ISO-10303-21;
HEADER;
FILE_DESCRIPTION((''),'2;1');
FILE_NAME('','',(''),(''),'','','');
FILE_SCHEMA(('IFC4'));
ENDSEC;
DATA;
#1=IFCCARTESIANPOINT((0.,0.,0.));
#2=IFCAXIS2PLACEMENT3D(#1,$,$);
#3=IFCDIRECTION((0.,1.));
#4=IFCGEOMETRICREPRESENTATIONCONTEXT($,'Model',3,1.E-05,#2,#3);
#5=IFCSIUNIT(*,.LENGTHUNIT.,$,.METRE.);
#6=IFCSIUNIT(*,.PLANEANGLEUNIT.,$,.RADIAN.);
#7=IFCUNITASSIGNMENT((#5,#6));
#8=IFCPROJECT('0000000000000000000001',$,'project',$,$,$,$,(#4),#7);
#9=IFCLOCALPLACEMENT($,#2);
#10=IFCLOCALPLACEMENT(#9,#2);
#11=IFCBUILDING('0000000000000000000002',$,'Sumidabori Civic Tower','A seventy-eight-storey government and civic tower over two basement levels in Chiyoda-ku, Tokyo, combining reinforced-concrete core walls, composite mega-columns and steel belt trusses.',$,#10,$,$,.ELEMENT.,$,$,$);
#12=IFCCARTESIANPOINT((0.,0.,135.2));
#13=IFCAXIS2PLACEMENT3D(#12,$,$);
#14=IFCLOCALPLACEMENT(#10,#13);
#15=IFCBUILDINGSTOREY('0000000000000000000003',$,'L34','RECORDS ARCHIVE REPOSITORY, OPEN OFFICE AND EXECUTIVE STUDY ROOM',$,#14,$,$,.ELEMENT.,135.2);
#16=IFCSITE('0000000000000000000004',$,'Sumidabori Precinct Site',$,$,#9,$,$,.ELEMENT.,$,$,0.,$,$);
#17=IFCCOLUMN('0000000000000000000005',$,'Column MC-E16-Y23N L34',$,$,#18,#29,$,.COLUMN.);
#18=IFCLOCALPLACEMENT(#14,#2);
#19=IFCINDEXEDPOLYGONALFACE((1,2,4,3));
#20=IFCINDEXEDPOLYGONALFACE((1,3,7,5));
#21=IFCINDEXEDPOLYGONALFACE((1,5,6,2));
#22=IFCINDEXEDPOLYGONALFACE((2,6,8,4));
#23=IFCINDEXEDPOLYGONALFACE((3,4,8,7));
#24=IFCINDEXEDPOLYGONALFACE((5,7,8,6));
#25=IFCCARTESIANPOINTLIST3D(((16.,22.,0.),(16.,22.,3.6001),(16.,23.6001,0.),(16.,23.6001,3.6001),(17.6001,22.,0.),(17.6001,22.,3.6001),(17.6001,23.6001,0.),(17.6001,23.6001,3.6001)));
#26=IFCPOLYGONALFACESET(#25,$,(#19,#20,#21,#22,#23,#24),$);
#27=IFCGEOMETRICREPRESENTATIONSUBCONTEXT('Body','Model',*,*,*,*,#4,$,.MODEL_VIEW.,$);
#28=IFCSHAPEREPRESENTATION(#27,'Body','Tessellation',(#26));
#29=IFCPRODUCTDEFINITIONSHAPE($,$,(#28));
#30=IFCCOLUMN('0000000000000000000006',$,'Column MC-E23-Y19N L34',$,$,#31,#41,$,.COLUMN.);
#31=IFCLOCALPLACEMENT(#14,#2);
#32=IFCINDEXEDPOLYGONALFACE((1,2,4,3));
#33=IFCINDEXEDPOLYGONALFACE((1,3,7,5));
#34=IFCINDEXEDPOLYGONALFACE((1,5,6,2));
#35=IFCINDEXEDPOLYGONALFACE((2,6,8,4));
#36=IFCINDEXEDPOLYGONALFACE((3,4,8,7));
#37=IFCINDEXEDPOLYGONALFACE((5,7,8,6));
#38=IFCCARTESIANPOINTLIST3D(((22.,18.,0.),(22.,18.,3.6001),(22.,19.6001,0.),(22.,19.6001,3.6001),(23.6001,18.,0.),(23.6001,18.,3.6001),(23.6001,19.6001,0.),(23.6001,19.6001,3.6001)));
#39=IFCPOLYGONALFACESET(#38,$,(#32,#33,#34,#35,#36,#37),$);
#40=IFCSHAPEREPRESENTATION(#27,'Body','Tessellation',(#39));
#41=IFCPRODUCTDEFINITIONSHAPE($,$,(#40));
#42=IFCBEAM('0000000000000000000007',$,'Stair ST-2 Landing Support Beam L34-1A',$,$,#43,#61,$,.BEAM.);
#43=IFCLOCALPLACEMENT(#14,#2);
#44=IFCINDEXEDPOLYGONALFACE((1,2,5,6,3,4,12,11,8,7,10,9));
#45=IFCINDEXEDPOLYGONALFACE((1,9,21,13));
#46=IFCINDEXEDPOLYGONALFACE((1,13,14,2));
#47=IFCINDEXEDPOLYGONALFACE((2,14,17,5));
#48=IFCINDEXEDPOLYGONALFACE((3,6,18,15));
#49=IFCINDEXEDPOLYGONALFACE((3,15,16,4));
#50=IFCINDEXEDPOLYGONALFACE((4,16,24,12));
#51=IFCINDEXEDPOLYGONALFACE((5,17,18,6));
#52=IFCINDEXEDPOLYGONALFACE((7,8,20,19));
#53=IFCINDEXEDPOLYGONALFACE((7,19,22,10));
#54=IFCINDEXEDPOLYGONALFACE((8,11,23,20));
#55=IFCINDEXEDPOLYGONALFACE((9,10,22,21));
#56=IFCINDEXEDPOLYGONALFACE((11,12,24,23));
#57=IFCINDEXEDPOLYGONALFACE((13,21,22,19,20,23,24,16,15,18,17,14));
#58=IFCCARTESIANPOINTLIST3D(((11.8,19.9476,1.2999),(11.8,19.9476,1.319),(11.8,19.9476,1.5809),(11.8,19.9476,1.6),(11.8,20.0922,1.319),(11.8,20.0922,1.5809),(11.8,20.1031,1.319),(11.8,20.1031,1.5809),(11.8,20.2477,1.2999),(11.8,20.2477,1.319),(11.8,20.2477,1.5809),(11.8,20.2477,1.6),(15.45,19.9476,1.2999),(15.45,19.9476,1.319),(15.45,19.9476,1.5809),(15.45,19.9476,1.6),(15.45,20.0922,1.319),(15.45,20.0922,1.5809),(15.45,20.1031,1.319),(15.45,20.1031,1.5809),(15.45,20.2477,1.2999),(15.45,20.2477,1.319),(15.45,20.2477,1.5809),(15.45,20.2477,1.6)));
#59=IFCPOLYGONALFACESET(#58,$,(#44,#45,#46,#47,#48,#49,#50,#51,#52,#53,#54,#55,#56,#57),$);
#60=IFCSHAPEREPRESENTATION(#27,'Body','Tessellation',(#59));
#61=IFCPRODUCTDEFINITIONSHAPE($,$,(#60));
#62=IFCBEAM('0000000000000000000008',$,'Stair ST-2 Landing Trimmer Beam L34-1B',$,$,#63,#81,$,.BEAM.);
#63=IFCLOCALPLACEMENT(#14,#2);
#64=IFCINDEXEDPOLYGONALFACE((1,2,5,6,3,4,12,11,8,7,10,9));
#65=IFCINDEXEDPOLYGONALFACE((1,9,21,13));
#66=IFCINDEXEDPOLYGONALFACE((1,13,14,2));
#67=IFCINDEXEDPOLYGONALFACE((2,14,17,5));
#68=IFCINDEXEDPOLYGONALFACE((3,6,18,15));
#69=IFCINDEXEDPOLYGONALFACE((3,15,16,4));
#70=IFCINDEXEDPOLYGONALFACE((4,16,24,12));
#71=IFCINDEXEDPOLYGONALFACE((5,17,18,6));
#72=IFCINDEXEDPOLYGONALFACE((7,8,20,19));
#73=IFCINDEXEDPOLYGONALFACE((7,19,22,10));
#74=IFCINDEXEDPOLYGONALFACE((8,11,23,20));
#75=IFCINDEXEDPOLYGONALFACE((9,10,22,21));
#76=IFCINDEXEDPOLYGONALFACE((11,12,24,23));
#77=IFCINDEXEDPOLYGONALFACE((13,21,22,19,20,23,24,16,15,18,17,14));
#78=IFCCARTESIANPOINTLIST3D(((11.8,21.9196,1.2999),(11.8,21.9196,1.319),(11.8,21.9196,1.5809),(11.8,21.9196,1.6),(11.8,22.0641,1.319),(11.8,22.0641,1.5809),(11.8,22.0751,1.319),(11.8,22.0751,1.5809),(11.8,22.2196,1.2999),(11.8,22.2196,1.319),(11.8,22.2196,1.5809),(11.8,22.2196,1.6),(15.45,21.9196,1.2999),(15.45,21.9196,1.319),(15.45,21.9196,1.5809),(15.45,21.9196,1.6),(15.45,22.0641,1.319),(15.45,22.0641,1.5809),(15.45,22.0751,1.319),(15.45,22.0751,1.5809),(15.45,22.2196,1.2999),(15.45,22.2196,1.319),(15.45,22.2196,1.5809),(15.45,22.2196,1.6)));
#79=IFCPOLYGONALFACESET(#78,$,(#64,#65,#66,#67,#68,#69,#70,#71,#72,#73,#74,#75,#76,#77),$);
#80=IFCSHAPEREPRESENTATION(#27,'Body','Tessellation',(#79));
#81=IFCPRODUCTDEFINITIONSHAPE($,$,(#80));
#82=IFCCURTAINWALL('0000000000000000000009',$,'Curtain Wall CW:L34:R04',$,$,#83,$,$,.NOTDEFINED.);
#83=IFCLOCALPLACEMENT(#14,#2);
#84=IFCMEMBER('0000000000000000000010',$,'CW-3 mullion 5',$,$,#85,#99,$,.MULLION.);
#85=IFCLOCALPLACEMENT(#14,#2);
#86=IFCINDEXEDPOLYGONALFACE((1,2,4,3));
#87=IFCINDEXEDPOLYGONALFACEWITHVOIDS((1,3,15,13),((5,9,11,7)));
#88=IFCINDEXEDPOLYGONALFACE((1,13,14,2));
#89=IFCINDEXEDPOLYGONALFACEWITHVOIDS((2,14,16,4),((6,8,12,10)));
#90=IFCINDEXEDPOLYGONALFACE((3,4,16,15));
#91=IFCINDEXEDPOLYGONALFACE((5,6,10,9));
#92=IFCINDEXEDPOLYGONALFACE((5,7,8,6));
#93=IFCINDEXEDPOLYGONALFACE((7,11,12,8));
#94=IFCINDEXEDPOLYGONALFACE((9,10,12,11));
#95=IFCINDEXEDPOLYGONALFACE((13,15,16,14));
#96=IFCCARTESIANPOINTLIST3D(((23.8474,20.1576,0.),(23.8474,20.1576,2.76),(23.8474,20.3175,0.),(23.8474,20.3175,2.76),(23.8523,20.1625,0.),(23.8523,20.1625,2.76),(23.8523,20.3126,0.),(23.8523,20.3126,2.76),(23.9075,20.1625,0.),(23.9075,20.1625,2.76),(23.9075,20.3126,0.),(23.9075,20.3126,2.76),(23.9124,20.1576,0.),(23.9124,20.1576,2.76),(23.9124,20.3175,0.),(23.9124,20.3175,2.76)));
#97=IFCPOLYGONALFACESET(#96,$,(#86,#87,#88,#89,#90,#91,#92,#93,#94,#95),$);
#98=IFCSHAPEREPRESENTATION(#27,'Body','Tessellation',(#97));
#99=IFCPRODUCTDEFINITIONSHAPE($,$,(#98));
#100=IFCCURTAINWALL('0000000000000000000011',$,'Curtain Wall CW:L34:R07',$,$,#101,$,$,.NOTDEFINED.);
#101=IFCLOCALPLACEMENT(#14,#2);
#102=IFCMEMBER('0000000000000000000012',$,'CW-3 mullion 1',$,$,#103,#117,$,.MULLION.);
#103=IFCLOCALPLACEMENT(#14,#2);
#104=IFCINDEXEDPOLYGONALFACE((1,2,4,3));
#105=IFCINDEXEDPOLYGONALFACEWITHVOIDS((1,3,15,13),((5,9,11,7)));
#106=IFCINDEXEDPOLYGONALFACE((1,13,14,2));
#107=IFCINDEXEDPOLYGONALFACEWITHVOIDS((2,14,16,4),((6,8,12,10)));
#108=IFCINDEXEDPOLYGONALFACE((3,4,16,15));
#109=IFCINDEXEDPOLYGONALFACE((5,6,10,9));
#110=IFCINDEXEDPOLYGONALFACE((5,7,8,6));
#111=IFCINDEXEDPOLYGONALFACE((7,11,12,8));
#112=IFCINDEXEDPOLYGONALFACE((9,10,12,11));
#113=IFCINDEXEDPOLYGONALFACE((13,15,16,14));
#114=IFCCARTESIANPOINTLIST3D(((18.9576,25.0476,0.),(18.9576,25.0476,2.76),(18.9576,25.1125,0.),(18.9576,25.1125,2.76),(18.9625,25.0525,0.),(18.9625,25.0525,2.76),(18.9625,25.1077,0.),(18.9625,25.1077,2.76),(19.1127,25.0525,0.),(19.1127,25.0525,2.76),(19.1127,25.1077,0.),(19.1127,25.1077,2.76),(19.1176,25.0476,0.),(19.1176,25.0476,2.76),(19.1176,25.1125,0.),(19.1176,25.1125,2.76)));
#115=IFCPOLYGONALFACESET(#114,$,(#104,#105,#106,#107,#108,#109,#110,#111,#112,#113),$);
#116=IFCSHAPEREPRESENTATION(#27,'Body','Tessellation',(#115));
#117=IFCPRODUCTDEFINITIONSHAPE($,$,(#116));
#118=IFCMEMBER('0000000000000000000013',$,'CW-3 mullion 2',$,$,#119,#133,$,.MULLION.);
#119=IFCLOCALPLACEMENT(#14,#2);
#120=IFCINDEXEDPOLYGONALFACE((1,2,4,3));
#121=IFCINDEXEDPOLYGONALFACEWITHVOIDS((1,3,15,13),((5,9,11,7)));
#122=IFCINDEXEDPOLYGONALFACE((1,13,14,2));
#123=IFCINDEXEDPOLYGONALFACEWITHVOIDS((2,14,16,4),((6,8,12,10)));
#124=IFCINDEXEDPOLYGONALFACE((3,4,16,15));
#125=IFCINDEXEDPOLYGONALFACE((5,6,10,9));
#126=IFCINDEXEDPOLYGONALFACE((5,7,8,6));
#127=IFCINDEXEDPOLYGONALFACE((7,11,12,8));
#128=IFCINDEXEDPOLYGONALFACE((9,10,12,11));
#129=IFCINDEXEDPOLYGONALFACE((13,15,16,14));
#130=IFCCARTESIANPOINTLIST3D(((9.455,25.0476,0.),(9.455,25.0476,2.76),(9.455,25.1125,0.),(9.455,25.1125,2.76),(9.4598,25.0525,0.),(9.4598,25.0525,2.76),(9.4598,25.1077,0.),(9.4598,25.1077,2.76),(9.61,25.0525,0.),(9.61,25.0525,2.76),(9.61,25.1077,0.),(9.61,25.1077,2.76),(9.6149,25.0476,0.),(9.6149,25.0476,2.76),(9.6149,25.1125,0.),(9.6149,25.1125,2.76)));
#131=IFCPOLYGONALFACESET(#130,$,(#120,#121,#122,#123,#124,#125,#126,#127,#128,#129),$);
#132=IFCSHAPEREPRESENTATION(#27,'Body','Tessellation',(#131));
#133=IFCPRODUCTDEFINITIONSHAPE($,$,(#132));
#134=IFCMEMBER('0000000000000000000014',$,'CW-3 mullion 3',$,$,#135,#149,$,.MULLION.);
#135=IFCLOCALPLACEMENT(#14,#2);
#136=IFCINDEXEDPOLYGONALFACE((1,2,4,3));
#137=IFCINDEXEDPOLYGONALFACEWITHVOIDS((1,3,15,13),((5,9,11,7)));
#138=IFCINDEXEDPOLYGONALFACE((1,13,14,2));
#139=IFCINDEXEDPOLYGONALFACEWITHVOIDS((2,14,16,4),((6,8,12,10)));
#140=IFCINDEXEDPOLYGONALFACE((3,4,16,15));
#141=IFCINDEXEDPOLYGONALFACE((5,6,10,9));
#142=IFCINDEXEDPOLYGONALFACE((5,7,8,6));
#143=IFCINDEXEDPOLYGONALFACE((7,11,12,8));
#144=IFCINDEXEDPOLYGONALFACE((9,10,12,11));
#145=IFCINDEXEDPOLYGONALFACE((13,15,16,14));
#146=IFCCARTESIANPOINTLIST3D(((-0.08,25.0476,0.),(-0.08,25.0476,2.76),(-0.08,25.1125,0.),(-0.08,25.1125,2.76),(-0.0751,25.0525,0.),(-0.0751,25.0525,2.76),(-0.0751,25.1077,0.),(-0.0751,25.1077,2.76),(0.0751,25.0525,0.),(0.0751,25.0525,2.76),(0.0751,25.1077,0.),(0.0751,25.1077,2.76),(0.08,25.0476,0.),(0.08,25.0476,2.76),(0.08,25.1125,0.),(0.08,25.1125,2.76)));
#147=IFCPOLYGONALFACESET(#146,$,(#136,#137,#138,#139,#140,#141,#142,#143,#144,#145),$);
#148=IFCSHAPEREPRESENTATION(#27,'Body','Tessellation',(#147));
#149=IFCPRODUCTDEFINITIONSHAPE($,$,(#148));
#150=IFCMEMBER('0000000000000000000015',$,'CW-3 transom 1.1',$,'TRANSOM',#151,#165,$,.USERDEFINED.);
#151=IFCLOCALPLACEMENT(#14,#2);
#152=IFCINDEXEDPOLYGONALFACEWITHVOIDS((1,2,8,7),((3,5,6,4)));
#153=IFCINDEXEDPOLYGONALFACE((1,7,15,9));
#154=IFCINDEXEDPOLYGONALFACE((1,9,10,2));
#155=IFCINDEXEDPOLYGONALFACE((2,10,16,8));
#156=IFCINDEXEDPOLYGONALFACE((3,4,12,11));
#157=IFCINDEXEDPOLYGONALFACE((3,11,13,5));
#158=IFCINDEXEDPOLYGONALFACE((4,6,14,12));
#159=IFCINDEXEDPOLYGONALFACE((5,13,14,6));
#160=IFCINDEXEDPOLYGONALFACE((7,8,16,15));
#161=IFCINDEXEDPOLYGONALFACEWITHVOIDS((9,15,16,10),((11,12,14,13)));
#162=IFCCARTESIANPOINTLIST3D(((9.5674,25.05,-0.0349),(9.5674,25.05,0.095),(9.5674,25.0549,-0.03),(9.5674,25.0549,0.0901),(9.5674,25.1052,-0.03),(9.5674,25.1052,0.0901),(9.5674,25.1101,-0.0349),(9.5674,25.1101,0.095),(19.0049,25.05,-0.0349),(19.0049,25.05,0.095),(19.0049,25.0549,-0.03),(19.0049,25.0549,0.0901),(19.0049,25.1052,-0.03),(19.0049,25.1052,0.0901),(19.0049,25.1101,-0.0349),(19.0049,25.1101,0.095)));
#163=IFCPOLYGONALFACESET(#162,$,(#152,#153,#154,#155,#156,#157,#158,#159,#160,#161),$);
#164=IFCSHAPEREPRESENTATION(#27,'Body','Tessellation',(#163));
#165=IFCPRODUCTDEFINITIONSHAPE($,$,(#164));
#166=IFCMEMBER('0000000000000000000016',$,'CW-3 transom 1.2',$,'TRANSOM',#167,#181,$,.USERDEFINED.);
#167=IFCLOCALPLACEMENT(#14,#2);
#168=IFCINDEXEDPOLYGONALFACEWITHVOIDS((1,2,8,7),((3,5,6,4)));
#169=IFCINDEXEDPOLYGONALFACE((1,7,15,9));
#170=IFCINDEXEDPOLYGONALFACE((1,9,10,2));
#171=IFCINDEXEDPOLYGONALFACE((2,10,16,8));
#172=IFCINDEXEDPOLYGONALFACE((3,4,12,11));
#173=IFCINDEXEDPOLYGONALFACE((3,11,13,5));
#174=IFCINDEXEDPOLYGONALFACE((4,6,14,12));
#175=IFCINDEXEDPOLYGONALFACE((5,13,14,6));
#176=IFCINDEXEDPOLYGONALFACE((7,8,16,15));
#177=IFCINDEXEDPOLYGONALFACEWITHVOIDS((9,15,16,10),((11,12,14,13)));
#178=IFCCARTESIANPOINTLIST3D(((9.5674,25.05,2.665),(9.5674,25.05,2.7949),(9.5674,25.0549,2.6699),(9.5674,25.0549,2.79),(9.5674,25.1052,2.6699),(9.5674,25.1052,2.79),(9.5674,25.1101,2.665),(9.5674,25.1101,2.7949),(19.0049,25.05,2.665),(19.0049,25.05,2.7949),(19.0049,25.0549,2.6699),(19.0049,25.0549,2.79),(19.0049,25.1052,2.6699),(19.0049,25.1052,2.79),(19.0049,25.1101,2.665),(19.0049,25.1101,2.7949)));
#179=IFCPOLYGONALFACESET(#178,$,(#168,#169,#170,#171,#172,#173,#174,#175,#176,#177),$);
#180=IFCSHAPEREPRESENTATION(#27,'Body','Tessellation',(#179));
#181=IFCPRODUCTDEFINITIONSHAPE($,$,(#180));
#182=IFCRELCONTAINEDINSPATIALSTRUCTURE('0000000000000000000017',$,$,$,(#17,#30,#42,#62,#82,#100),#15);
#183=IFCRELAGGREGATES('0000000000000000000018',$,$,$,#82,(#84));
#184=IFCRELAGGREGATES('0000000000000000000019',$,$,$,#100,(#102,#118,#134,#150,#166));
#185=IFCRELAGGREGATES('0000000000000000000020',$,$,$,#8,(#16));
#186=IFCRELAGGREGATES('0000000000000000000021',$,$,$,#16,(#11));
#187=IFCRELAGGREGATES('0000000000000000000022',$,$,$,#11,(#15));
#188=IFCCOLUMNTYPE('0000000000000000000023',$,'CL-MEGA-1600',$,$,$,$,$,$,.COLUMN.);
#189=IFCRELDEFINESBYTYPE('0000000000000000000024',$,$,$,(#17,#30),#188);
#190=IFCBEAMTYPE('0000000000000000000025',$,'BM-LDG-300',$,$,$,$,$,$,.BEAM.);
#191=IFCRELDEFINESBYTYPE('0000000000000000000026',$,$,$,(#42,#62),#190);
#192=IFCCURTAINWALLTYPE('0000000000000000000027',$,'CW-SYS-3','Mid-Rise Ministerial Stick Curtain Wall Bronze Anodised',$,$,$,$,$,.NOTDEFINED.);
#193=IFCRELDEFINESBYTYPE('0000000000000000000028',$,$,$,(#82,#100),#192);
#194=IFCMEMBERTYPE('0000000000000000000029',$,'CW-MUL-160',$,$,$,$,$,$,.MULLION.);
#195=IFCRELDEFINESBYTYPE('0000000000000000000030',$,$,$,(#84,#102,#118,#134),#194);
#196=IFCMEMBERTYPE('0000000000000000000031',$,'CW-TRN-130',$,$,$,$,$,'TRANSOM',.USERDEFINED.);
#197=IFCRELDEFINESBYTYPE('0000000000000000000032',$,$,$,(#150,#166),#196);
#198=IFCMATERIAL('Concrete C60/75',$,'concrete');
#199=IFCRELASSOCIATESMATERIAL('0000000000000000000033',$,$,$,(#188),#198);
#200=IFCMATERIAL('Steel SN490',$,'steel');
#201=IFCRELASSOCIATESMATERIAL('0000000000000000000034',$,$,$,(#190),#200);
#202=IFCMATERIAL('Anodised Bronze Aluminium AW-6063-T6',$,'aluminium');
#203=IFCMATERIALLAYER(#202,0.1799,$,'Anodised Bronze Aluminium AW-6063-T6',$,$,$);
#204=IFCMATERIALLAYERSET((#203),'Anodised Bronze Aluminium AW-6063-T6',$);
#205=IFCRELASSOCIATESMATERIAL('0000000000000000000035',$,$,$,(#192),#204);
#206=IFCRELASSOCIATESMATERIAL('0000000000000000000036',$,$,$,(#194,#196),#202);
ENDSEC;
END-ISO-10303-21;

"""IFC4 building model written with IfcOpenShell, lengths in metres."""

from ifc_helpers import new_model, si_unit, direction, frame, origin, origin_2d, place, context, subcontext, project, spatial, rectangle, hollow_rectangle, i_section, extrude, source, transform, mapped, material, layer, layer_set, material_profile, profile_set, type_object, element, aggregate, save


model = new_model("IFC4")

# Units and contexts
model_context = context("Model", 3, precision=1e-05, world=origin(), true_north=direction((0.0, 1.0)))
body_context = subcontext(model_context, "Body", "Model", "MODEL_VIEW")
ifc_project = project(units=[si_unit("LENGTHUNIT", "METRE"), si_unit("PLANEANGLEUNIT", "RADIAN")], contexts=[model_context])

# Site, building, storey
site_placement = place(None, origin())
site = spatial("IfcSite", under=ifc_project, at=site_placement, Name="Sumidabori Precinct Site", CompositionType="ELEMENT", RefElevation=0.0)
building_placement = place(site_placement, origin())
building = spatial("IfcBuilding", under=site, at=building_placement, Name="Sumidabori Civic Tower", Description="A seventy-eight-storey government and civic tower over two basement levels in Chiyoda-ku, Tokyo, combining reinforced-concrete core walls, composite mega-columns and steel belt trusses.", CompositionType="ELEMENT")
storey_placement = place(building_placement, frame((0.0, 0.0, 135.2)))
storey = spatial("IfcBuildingStorey", under=building, at=storey_placement, Name="L34", Description="RECORDS ARCHIVE REPOSITORY, OPEN OFFICE AND EXECUTIVE STUDY ROOM", CompositionType="ELEMENT", Elevation=135.2)

# Columns
ifc_material_1 = material(Name="Concrete C60/75", Category="concrete")
ifc_material_profile_1 = material_profile(ifc_material_1, rectangle(XDim=1.6001, YDim=1.6001, at=origin_2d()), Name="RC 1600x1600")
ifc_profile_set_1 = profile_set([ifc_material_profile_1], Name="Concrete C60/75")
column_type = type_object("IfcColumnType", Name="CL-MEGA-1600", PredefinedType="COLUMN", material=ifc_profile_set_1)
shared_shape_1 = source(origin(), body_context, "Body", "SweptSolid", [
    extrude(rectangle(XDim=1.6001, YDim=1.6001, at=origin_2d()), origin(), (0.0, 0.0, 1.0), 3.6001),
])
for number, where, z_axis, x_axis, name in (
    (1, (16.8, 22.8, 0.0), (0.0, 0.0, 1.0), (1.0, 0.0, 0.0), "Column MC-E16-Y23N L34"),
    (2, (22.8, 18.8, 0.0), (0.0, 0.0, 1.0), (1.0, 0.0, 0.0), "Column MC-E23-Y19N L34"),
):
    element("IfcColumn", number, at=place(storey_placement, frame(where, z_axis=z_axis, x_axis=x_axis)), inside=storey, type_object=column_type, Name=name, PredefinedType="COLUMN", context=body_context, shape_type="MappedRepresentation", body=[
        mapped(shared_shape_1, transform((0.0, 0.0, 0.0), x_axis=(1.0, 0.0, 0.0), y_axis=(0.0, 1.0, 0.0), z_axis=(0.0, 0.0, 1.0), scale=1.0)),
    ])

# Beams
ifc_material_2 = material(Name="Steel SN490", Category="steel")
ifc_material_profile_2 = material_profile(ifc_material_2, i_section(OverallWidth=0.3, OverallDepth=0.3, WebThickness=0.011, FlangeThickness=0.019, at=origin_2d()), Name="HE 300 B")
ifc_profile_set_2 = profile_set([ifc_material_profile_2], Name="Steel SN490")
beam_type = type_object("IfcBeamType", Name="BM-LDG-300", PredefinedType="BEAM", material=ifc_profile_set_2)
shared_shape_2 = source(origin(), body_context, "Body", "SweptSolid", [
    extrude(i_section(OverallWidth=0.3, OverallDepth=0.3, WebThickness=0.011, FlangeThickness=0.019, at=origin_2d()), origin(), (0.0, 0.0, 1.0), 3.6499),
])
for number, where, z_axis, x_axis, name in (
    (3, (11.8, 20.0977, 1.45), (1.0, 0.0, 0.0), (0.0, 1.0, 0.0), "Stair ST-2 Landing Support Beam L34-1A"),
    (4, (11.8, 22.0696, 1.45), (1.0, 0.0, 0.0), (0.0, 1.0, 0.0), "Stair ST-2 Landing Trimmer Beam L34-1B"),
):
    element("IfcBeam", number, at=place(storey_placement, frame(where, z_axis=z_axis, x_axis=x_axis)), inside=storey, type_object=beam_type, Name=name, PredefinedType="BEAM", context=body_context, shape_type="MappedRepresentation", body=[
        mapped(shared_shape_2, transform((0.0, 0.0, 0.0), x_axis=(1.0, 0.0, 0.0), y_axis=(0.0, 1.0, 0.0), z_axis=(0.0, 0.0, 1.0), scale=1.0)),
    ])

# Curtain wall, member
ifc_material_3 = material(Name="Anodised Bronze Aluminium AW-6063-T6", Category="aluminium")
ifc_layer_1 = layer(ifc_material_3, 0.1799, Name="Anodised Bronze Aluminium AW-6063-T6")
ifc_layer_set_1 = layer_set([ifc_layer_1], Name="Anodised Bronze Aluminium AW-6063-T6")
curtain_wall_type = type_object("IfcCurtainWallType", Name="CW-SYS-3", Description="Mid-Rise Ministerial Stick Curtain Wall Bronze Anodised", PredefinedType="NOTDEFINED", material=ifc_layer_set_1)
curtain_wall_1_placement = place(storey_placement, origin())
curtain_wall_1 = element("IfcCurtainWall", 5, at=curtain_wall_1_placement, inside=storey, type_object=curtain_wall_type, Name="Curtain Wall CW:L34:R04", PredefinedType="NOTDEFINED")
ifc_material_profile_3 = material_profile(ifc_material_3, hollow_rectangle(XDim=0.0649, YDim=0.1599, WallThickness=0.0049, at=origin_2d()), Name="ALU MULLION 160x65")
ifc_profile_set_3 = profile_set([ifc_material_profile_3], Name="Anodised Bronze Aluminium AW-6063-T6")
member_type_1 = type_object("IfcMemberType", Name="CW-MUL-160", PredefinedType="MULLION", material=ifc_profile_set_3)
shared_shape_3 = source(origin(), body_context, "Body", "SweptSolid", [
    extrude(hollow_rectangle(XDim=0.0649, YDim=0.1599, WallThickness=0.0049, at=origin_2d()), origin(), (0.0, 0.0, 1.0), 2.76),
])
member_1_placement = place(storey_placement, frame((23.8799, 20.2375, 0.0), z_axis=(0.0, 0.0, 1.0), x_axis=(-1.0, 0.0, 0.0)))
member_1 = element("IfcMember", 6, at=member_1_placement, type_object=member_type_1, Name="CW-3 mullion 5", PredefinedType="MULLION", context=body_context, shape_type="MappedRepresentation", body=[
    mapped(shared_shape_3, transform((0.0, 0.0, 0.0), x_axis=(1.0, 0.0, 0.0), y_axis=(0.0, 1.0, 0.0), z_axis=(0.0, 0.0, 1.0), scale=1.0)),
])
aggregate(curtain_wall_1, [member_1])

# Curtain wall, members
curtain_wall_2_placement = place(storey_placement, origin())
curtain_wall_2 = element("IfcCurtainWall", 7, at=curtain_wall_2_placement, inside=storey, type_object=curtain_wall_type, Name="Curtain Wall CW:L34:R07", PredefinedType="NOTDEFINED")
member_2_placement = place(storey_placement, frame((19.0376, 25.0801, 0.0), z_axis=(0.0, 0.0, 1.0), x_axis=(0.0, -1.0, 0.0)))
member_2 = element("IfcMember", 8, at=member_2_placement, type_object=member_type_1, Name="CW-3 mullion 1", PredefinedType="MULLION", context=body_context, shape_type="MappedRepresentation", body=[
    mapped(shared_shape_3, transform((0.0, 0.0, 0.0), x_axis=(1.0, 0.0, 0.0), y_axis=(0.0, 1.0, 0.0), z_axis=(0.0, 0.0, 1.0), scale=1.0)),
])
member_3_placement = place(storey_placement, frame((9.5349, 25.0801, 0.0), z_axis=(0.0, 0.0, 1.0), x_axis=(0.0, -1.0, 0.0)))
member_3 = element("IfcMember", 9, at=member_3_placement, type_object=member_type_1, Name="CW-3 mullion 2", PredefinedType="MULLION", context=body_context, shape_type="MappedRepresentation", body=[
    mapped(shared_shape_3, transform((0.0, 0.0, 0.0), x_axis=(1.0, 0.0, 0.0), y_axis=(0.0, 1.0, 0.0), z_axis=(0.0, 0.0, 1.0), scale=1.0)),
])
member_4_placement = place(storey_placement, frame((0.0, 25.0801, 0.0), z_axis=(0.0, 0.0, 1.0), x_axis=(0.0, -1.0, 0.0)))
member_4 = element("IfcMember", 10, at=member_4_placement, type_object=member_type_1, Name="CW-3 mullion 3", PredefinedType="MULLION", context=body_context, shape_type="MappedRepresentation", body=[
    mapped(shared_shape_3, transform((0.0, 0.0, 0.0), x_axis=(1.0, 0.0, 0.0), y_axis=(0.0, 1.0, 0.0), z_axis=(0.0, 0.0, 1.0), scale=1.0)),
])
ifc_material_profile_4 = material_profile(ifc_material_3, hollow_rectangle(XDim=0.0601, YDim=0.1299, WallThickness=0.0049, at=origin_2d()), Name="ALU TRANSOM 130x60")
ifc_profile_set_4 = profile_set([ifc_material_profile_4], Name="Anodised Bronze Aluminium AW-6063-T6")
member_type_2 = type_object("IfcMemberType", Name="CW-TRN-130", ElementType="TRANSOM", PredefinedType="USERDEFINED", material=ifc_profile_set_4)
shared_shape_4 = source(origin(), body_context, "Body", "SweptSolid", [
    extrude(hollow_rectangle(XDim=0.0601, YDim=0.1299, WallThickness=0.0049, at=origin_2d()), origin(), (0.0, 0.0, 1.0), 9.4375),
])
member_5_placement = place(storey_placement, frame((19.0049, 25.0801, 0.03), z_axis=(-1.0, 0.0, 0.0), x_axis=(0.0, -1.0, 0.0)))
member_5 = element("IfcMember", 11, at=member_5_placement, type_object=member_type_2, Name="CW-3 transom 1.1", ObjectType="TRANSOM", PredefinedType="USERDEFINED", context=body_context, shape_type="MappedRepresentation", body=[
    mapped(shared_shape_4, transform((0.0, 0.0, 0.0), x_axis=(1.0, 0.0, 0.0), y_axis=(0.0, 1.0, 0.0), z_axis=(0.0, 0.0, 1.0), scale=1.0)),
])
member_6_placement = place(storey_placement, frame((19.0049, 25.0801, 2.73), z_axis=(-1.0, 0.0, 0.0), x_axis=(0.0, -1.0, 0.0)))
member_6 = element("IfcMember", 12, at=member_6_placement, type_object=member_type_2, Name="CW-3 transom 1.2", ObjectType="TRANSOM", PredefinedType="USERDEFINED", context=body_context, shape_type="MappedRepresentation", body=[
    mapped(shared_shape_4, transform((0.0, 0.0, 0.0), x_axis=(1.0, 0.0, 0.0), y_axis=(0.0, 1.0, 0.0), z_axis=(0.0, 0.0, 1.0), scale=1.0)),
])
aggregate(curtain_wall_2, [member_2, member_3, member_4, member_5, member_6])

save(model, "model.ifc")
